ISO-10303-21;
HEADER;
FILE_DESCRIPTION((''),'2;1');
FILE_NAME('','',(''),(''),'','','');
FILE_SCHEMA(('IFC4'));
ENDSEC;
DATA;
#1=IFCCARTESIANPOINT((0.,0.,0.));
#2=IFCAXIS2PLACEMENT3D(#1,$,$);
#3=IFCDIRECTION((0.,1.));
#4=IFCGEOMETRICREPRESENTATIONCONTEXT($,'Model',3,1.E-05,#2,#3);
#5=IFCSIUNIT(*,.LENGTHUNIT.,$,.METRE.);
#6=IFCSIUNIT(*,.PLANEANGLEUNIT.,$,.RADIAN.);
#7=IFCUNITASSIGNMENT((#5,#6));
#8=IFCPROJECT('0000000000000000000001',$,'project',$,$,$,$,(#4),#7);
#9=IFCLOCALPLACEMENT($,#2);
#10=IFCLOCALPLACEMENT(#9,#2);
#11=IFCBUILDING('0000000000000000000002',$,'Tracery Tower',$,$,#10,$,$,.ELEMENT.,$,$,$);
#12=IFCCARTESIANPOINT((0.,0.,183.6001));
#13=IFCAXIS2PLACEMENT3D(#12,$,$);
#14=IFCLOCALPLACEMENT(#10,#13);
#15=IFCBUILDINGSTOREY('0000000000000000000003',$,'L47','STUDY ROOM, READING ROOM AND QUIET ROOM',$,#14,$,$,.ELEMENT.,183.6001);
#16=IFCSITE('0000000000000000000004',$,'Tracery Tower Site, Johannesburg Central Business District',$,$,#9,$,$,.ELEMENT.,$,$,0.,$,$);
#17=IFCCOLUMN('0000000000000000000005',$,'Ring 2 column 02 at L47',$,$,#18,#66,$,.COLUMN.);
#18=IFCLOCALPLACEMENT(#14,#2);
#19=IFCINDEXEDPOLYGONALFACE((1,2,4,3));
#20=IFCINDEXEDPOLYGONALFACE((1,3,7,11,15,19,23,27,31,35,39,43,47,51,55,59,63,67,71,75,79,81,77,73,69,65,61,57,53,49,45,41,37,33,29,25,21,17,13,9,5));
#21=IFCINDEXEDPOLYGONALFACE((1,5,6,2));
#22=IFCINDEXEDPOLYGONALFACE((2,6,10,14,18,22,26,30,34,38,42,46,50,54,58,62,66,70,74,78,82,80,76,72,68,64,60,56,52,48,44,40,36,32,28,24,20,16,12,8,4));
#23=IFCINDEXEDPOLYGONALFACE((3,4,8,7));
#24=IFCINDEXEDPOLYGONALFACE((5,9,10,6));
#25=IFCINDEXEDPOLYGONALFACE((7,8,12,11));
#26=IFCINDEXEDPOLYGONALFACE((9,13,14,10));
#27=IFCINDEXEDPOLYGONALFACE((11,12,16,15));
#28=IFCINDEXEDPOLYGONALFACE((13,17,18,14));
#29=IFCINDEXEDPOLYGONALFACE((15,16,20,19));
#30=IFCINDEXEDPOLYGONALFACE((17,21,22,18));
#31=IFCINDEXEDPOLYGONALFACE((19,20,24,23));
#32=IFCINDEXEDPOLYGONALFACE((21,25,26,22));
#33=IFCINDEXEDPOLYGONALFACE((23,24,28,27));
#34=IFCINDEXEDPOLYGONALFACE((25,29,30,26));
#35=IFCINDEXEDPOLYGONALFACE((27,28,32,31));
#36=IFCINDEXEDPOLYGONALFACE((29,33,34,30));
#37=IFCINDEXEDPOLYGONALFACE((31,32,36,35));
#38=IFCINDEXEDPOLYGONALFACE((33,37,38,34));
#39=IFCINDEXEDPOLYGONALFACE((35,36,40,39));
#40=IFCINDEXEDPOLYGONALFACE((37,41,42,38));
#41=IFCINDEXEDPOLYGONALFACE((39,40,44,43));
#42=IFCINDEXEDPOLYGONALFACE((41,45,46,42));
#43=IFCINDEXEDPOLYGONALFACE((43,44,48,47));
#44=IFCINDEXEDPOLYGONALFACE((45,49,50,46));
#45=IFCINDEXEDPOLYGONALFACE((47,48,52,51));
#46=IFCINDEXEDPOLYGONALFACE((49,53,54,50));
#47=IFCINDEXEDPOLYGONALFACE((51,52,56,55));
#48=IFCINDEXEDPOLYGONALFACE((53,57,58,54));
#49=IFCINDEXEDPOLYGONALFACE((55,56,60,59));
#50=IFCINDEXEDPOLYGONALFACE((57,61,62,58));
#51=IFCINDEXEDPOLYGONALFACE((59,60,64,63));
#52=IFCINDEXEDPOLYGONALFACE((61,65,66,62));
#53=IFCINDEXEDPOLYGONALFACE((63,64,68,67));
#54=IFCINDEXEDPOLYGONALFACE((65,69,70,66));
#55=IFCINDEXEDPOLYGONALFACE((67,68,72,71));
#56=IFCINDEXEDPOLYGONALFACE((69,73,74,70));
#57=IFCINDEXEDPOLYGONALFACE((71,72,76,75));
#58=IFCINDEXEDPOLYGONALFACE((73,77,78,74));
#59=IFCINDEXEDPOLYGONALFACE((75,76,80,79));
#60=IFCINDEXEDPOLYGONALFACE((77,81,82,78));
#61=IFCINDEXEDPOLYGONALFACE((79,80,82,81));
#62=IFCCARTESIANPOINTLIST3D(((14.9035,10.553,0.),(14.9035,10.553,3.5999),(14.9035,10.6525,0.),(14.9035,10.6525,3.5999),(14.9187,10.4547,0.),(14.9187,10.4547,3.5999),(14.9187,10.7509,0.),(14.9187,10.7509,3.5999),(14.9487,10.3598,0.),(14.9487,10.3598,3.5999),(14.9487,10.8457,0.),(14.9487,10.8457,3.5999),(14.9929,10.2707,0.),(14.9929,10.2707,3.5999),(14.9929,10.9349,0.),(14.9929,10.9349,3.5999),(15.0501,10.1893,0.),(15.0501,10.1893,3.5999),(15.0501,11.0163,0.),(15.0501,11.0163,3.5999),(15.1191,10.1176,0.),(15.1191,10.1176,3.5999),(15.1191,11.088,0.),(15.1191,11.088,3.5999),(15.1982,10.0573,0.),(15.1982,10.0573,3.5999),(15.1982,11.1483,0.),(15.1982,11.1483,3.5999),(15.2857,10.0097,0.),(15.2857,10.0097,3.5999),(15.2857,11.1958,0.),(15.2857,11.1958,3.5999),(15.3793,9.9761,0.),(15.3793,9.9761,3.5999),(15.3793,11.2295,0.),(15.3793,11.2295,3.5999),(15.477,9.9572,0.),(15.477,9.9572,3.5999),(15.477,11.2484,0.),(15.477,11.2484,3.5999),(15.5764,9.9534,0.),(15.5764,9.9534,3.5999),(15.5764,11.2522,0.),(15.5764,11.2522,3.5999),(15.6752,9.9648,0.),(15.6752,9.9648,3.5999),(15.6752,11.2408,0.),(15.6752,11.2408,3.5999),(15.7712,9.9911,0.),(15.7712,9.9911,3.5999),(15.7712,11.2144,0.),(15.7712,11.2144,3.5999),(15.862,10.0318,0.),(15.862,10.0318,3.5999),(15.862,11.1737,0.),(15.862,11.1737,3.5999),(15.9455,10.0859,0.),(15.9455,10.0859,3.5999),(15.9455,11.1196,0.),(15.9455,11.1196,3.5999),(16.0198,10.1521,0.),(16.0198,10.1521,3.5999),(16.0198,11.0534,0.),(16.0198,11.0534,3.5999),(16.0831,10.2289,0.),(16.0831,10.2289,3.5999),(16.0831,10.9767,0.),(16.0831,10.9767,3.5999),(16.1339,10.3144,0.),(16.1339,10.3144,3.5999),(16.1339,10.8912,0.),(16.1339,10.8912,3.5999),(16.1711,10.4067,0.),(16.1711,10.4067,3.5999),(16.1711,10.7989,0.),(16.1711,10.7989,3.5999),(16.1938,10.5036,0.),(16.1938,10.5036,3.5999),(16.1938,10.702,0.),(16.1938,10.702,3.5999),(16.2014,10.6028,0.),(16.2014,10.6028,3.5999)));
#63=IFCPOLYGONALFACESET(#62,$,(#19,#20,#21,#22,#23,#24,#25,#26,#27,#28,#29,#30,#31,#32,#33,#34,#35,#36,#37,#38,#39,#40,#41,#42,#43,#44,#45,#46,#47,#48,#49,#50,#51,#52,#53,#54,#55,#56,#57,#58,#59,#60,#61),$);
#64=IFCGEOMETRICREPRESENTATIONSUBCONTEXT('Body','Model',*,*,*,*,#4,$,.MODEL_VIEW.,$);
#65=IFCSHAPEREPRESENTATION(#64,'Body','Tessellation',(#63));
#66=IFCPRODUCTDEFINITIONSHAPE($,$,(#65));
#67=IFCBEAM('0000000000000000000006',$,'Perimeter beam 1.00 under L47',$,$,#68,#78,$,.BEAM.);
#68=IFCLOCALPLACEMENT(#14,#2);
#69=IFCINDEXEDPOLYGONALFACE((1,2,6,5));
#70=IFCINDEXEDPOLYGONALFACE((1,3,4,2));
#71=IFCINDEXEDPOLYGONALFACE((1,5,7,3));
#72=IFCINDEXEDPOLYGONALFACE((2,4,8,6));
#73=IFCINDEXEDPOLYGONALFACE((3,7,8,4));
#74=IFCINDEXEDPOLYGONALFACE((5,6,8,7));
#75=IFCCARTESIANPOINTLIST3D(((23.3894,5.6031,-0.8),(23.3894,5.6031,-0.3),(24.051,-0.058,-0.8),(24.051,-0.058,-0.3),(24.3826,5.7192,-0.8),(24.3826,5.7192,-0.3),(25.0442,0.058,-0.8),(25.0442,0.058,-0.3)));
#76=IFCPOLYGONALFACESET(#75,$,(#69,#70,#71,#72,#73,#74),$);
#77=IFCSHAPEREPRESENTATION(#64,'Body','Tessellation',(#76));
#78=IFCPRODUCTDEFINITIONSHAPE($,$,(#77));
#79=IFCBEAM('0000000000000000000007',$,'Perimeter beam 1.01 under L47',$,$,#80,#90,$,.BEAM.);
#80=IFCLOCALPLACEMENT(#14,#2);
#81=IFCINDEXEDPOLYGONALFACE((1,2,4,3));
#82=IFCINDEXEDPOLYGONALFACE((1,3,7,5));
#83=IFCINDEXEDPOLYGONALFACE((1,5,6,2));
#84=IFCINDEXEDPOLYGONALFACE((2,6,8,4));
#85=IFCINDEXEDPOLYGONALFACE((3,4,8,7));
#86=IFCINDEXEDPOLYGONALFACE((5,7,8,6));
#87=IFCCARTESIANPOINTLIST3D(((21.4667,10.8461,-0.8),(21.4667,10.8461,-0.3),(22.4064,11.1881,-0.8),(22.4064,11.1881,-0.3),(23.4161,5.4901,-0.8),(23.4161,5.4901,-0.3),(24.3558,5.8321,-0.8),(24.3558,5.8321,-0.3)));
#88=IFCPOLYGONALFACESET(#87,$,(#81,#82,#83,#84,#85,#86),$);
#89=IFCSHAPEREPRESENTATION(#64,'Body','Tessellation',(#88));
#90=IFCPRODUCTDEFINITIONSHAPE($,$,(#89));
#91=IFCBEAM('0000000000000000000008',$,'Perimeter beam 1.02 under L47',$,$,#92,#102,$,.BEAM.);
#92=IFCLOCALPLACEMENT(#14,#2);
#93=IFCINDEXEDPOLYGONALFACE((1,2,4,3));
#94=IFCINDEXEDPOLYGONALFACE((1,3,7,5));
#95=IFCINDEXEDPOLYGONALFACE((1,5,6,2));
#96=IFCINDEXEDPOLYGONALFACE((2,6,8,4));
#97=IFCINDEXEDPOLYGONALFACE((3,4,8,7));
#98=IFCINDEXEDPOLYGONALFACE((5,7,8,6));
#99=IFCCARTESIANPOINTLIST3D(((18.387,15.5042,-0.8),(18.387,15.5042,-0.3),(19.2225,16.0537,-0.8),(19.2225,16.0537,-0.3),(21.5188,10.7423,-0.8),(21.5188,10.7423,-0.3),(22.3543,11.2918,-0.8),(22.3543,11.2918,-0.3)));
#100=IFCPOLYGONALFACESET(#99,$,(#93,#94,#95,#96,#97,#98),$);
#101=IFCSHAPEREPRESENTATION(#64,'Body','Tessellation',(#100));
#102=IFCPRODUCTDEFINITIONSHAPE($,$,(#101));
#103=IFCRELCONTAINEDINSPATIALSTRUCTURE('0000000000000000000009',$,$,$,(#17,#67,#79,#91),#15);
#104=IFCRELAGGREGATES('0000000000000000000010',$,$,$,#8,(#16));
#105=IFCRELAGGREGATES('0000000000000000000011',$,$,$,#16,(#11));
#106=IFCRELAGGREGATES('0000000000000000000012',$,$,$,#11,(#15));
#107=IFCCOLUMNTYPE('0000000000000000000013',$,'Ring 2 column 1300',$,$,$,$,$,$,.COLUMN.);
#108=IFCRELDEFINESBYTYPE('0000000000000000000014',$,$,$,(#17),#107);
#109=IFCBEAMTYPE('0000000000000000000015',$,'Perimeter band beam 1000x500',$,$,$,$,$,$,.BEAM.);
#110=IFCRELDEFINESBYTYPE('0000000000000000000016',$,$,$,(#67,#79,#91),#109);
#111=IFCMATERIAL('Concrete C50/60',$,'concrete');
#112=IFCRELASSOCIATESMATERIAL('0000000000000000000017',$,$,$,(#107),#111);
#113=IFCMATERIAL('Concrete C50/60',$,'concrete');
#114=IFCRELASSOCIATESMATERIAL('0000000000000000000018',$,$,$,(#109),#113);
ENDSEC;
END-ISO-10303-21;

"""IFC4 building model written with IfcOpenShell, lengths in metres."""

from ifc_helpers import new_model, si_unit, direction, frame, origin, origin_2d, place, context, subcontext, project, spatial, rectangle, circle, extrude, material, material_profile, profile_set, type_object, element, save


model = new_model("IFC4")

# Units and contexts
model_context = context("Model", 3, precision=1e-05, world=origin(), true_north=direction((0.0, 1.0)))
body_context = subcontext(model_context, "Body", "Model", "MODEL_VIEW")
ifc_project = project(units=[si_unit("LENGTHUNIT", "METRE"), si_unit("PLANEANGLEUNIT", "RADIAN")], contexts=[model_context])

# Site, building, storey
site_placement = place(None, origin())
site = spatial("IfcSite", under=ifc_project, at=site_placement, Name="Tracery Tower Site, Johannesburg Central Business District", CompositionType="ELEMENT", RefElevation=0.0)
building_placement = place(site_placement, origin())
building = spatial("IfcBuilding", under=site, at=building_placement, Name="Tracery Tower", CompositionType="ELEMENT")
storey_placement = place(building_placement, frame((0.0, 0.0, 183.6001)))
storey = spatial("IfcBuildingStorey", under=building, at=storey_placement, Name="L47", Description="STUDY ROOM, READING ROOM AND QUIET ROOM", CompositionType="ELEMENT", Elevation=183.6001)

# Column
ifc_material_1 = material(Name="Concrete C50/60", Category="concrete")
ifc_material_profile_1 = material_profile(ifc_material_1, circle(Radius=0.6499, at=origin_2d()), Name="RC D1300")
ifc_profile_set_1 = profile_set([ifc_material_profile_1], Name="Concrete C50/60")
column_type_1 = type_object("IfcColumnType", Name="Ring 2 column 1300", PredefinedType="COLUMN", material=ifc_profile_set_1)
for number, where, z_axis, x_axis, name in (
    (1, (15.5515, 10.6028, 0.0), (0.0, 0.0, 1.0), (1.0, 0.0, 0.0), "Ring 2 column 02 at L47"),
):
    element("IfcColumn", number, at=place(storey_placement, frame(where, z_axis=z_axis, x_axis=x_axis)), inside=storey, type_object=column_type_1, Name=name, PredefinedType="COLUMN", context=body_context, shape_type="SweptSolid", body=[
        extrude(circle(Radius=0.6499, at=origin_2d()), origin(), (0.0, 0.0, 1.0), 3.5999),
    ])

# Beams
ifc_material_2 = material(Name="Concrete C50/60", Category="concrete")
ifc_material_profile_2 = material_profile(ifc_material_2, rectangle(XDim=1.0, YDim=0.5, at=origin_2d()), Name="RC 1000x500")
ifc_profile_set_2 = profile_set([ifc_material_profile_2], Name="Concrete C50/60")
beam_type = type_object("IfcBeamType", Name="Perimeter band beam 1000x500", PredefinedType="BEAM", material=ifc_profile_set_2)
for number, where, z_axis, x_axis, name in (
    (2, (24.5476, 0.0, -0.55), (-0.116081, 0.99324, 0.0), (-0.99324, -0.116081, 0.0), "Perimeter beam 1.00 under L47"),
    (3, (23.886, 5.6611, -0.55), (-0.342029, 0.93969, 0.0), (-0.93969, -0.342029, 0.0), "Perimeter beam 1.01 under L47"),
):
    element("IfcBeam", number, at=place(storey_placement, frame(where, z_axis=z_axis, x_axis=x_axis)), inside=storey, type_object=beam_type, Name=name, PredefinedType="BEAM", context=body_context, shape_type="SweptSolid", body=[
        extrude(rectangle(XDim=1.0, YDim=0.5, at=origin_2d()), origin(), (0.0, 0.0, 1.0), 5.6997),
    ])
beam_placement = place(storey_placement, frame((21.9365, 11.0171, -0.55), z_axis=(-0.54949, 0.8355, 0.0), x_axis=(-0.8355, -0.54949, 0.0)))
element("IfcBeam", 4, at=beam_placement, inside=storey, type_object=beam_type, Name="Perimeter beam 1.02 under L47", PredefinedType="BEAM", context=body_context, shape_type="SweptSolid", body=[
    extrude(rectangle(XDim=1.0, YDim=0.5, at=origin_2d()), origin(), (0.0, 0.0, 1.0), 5.6995),
])

save(model, "model.ifc")
